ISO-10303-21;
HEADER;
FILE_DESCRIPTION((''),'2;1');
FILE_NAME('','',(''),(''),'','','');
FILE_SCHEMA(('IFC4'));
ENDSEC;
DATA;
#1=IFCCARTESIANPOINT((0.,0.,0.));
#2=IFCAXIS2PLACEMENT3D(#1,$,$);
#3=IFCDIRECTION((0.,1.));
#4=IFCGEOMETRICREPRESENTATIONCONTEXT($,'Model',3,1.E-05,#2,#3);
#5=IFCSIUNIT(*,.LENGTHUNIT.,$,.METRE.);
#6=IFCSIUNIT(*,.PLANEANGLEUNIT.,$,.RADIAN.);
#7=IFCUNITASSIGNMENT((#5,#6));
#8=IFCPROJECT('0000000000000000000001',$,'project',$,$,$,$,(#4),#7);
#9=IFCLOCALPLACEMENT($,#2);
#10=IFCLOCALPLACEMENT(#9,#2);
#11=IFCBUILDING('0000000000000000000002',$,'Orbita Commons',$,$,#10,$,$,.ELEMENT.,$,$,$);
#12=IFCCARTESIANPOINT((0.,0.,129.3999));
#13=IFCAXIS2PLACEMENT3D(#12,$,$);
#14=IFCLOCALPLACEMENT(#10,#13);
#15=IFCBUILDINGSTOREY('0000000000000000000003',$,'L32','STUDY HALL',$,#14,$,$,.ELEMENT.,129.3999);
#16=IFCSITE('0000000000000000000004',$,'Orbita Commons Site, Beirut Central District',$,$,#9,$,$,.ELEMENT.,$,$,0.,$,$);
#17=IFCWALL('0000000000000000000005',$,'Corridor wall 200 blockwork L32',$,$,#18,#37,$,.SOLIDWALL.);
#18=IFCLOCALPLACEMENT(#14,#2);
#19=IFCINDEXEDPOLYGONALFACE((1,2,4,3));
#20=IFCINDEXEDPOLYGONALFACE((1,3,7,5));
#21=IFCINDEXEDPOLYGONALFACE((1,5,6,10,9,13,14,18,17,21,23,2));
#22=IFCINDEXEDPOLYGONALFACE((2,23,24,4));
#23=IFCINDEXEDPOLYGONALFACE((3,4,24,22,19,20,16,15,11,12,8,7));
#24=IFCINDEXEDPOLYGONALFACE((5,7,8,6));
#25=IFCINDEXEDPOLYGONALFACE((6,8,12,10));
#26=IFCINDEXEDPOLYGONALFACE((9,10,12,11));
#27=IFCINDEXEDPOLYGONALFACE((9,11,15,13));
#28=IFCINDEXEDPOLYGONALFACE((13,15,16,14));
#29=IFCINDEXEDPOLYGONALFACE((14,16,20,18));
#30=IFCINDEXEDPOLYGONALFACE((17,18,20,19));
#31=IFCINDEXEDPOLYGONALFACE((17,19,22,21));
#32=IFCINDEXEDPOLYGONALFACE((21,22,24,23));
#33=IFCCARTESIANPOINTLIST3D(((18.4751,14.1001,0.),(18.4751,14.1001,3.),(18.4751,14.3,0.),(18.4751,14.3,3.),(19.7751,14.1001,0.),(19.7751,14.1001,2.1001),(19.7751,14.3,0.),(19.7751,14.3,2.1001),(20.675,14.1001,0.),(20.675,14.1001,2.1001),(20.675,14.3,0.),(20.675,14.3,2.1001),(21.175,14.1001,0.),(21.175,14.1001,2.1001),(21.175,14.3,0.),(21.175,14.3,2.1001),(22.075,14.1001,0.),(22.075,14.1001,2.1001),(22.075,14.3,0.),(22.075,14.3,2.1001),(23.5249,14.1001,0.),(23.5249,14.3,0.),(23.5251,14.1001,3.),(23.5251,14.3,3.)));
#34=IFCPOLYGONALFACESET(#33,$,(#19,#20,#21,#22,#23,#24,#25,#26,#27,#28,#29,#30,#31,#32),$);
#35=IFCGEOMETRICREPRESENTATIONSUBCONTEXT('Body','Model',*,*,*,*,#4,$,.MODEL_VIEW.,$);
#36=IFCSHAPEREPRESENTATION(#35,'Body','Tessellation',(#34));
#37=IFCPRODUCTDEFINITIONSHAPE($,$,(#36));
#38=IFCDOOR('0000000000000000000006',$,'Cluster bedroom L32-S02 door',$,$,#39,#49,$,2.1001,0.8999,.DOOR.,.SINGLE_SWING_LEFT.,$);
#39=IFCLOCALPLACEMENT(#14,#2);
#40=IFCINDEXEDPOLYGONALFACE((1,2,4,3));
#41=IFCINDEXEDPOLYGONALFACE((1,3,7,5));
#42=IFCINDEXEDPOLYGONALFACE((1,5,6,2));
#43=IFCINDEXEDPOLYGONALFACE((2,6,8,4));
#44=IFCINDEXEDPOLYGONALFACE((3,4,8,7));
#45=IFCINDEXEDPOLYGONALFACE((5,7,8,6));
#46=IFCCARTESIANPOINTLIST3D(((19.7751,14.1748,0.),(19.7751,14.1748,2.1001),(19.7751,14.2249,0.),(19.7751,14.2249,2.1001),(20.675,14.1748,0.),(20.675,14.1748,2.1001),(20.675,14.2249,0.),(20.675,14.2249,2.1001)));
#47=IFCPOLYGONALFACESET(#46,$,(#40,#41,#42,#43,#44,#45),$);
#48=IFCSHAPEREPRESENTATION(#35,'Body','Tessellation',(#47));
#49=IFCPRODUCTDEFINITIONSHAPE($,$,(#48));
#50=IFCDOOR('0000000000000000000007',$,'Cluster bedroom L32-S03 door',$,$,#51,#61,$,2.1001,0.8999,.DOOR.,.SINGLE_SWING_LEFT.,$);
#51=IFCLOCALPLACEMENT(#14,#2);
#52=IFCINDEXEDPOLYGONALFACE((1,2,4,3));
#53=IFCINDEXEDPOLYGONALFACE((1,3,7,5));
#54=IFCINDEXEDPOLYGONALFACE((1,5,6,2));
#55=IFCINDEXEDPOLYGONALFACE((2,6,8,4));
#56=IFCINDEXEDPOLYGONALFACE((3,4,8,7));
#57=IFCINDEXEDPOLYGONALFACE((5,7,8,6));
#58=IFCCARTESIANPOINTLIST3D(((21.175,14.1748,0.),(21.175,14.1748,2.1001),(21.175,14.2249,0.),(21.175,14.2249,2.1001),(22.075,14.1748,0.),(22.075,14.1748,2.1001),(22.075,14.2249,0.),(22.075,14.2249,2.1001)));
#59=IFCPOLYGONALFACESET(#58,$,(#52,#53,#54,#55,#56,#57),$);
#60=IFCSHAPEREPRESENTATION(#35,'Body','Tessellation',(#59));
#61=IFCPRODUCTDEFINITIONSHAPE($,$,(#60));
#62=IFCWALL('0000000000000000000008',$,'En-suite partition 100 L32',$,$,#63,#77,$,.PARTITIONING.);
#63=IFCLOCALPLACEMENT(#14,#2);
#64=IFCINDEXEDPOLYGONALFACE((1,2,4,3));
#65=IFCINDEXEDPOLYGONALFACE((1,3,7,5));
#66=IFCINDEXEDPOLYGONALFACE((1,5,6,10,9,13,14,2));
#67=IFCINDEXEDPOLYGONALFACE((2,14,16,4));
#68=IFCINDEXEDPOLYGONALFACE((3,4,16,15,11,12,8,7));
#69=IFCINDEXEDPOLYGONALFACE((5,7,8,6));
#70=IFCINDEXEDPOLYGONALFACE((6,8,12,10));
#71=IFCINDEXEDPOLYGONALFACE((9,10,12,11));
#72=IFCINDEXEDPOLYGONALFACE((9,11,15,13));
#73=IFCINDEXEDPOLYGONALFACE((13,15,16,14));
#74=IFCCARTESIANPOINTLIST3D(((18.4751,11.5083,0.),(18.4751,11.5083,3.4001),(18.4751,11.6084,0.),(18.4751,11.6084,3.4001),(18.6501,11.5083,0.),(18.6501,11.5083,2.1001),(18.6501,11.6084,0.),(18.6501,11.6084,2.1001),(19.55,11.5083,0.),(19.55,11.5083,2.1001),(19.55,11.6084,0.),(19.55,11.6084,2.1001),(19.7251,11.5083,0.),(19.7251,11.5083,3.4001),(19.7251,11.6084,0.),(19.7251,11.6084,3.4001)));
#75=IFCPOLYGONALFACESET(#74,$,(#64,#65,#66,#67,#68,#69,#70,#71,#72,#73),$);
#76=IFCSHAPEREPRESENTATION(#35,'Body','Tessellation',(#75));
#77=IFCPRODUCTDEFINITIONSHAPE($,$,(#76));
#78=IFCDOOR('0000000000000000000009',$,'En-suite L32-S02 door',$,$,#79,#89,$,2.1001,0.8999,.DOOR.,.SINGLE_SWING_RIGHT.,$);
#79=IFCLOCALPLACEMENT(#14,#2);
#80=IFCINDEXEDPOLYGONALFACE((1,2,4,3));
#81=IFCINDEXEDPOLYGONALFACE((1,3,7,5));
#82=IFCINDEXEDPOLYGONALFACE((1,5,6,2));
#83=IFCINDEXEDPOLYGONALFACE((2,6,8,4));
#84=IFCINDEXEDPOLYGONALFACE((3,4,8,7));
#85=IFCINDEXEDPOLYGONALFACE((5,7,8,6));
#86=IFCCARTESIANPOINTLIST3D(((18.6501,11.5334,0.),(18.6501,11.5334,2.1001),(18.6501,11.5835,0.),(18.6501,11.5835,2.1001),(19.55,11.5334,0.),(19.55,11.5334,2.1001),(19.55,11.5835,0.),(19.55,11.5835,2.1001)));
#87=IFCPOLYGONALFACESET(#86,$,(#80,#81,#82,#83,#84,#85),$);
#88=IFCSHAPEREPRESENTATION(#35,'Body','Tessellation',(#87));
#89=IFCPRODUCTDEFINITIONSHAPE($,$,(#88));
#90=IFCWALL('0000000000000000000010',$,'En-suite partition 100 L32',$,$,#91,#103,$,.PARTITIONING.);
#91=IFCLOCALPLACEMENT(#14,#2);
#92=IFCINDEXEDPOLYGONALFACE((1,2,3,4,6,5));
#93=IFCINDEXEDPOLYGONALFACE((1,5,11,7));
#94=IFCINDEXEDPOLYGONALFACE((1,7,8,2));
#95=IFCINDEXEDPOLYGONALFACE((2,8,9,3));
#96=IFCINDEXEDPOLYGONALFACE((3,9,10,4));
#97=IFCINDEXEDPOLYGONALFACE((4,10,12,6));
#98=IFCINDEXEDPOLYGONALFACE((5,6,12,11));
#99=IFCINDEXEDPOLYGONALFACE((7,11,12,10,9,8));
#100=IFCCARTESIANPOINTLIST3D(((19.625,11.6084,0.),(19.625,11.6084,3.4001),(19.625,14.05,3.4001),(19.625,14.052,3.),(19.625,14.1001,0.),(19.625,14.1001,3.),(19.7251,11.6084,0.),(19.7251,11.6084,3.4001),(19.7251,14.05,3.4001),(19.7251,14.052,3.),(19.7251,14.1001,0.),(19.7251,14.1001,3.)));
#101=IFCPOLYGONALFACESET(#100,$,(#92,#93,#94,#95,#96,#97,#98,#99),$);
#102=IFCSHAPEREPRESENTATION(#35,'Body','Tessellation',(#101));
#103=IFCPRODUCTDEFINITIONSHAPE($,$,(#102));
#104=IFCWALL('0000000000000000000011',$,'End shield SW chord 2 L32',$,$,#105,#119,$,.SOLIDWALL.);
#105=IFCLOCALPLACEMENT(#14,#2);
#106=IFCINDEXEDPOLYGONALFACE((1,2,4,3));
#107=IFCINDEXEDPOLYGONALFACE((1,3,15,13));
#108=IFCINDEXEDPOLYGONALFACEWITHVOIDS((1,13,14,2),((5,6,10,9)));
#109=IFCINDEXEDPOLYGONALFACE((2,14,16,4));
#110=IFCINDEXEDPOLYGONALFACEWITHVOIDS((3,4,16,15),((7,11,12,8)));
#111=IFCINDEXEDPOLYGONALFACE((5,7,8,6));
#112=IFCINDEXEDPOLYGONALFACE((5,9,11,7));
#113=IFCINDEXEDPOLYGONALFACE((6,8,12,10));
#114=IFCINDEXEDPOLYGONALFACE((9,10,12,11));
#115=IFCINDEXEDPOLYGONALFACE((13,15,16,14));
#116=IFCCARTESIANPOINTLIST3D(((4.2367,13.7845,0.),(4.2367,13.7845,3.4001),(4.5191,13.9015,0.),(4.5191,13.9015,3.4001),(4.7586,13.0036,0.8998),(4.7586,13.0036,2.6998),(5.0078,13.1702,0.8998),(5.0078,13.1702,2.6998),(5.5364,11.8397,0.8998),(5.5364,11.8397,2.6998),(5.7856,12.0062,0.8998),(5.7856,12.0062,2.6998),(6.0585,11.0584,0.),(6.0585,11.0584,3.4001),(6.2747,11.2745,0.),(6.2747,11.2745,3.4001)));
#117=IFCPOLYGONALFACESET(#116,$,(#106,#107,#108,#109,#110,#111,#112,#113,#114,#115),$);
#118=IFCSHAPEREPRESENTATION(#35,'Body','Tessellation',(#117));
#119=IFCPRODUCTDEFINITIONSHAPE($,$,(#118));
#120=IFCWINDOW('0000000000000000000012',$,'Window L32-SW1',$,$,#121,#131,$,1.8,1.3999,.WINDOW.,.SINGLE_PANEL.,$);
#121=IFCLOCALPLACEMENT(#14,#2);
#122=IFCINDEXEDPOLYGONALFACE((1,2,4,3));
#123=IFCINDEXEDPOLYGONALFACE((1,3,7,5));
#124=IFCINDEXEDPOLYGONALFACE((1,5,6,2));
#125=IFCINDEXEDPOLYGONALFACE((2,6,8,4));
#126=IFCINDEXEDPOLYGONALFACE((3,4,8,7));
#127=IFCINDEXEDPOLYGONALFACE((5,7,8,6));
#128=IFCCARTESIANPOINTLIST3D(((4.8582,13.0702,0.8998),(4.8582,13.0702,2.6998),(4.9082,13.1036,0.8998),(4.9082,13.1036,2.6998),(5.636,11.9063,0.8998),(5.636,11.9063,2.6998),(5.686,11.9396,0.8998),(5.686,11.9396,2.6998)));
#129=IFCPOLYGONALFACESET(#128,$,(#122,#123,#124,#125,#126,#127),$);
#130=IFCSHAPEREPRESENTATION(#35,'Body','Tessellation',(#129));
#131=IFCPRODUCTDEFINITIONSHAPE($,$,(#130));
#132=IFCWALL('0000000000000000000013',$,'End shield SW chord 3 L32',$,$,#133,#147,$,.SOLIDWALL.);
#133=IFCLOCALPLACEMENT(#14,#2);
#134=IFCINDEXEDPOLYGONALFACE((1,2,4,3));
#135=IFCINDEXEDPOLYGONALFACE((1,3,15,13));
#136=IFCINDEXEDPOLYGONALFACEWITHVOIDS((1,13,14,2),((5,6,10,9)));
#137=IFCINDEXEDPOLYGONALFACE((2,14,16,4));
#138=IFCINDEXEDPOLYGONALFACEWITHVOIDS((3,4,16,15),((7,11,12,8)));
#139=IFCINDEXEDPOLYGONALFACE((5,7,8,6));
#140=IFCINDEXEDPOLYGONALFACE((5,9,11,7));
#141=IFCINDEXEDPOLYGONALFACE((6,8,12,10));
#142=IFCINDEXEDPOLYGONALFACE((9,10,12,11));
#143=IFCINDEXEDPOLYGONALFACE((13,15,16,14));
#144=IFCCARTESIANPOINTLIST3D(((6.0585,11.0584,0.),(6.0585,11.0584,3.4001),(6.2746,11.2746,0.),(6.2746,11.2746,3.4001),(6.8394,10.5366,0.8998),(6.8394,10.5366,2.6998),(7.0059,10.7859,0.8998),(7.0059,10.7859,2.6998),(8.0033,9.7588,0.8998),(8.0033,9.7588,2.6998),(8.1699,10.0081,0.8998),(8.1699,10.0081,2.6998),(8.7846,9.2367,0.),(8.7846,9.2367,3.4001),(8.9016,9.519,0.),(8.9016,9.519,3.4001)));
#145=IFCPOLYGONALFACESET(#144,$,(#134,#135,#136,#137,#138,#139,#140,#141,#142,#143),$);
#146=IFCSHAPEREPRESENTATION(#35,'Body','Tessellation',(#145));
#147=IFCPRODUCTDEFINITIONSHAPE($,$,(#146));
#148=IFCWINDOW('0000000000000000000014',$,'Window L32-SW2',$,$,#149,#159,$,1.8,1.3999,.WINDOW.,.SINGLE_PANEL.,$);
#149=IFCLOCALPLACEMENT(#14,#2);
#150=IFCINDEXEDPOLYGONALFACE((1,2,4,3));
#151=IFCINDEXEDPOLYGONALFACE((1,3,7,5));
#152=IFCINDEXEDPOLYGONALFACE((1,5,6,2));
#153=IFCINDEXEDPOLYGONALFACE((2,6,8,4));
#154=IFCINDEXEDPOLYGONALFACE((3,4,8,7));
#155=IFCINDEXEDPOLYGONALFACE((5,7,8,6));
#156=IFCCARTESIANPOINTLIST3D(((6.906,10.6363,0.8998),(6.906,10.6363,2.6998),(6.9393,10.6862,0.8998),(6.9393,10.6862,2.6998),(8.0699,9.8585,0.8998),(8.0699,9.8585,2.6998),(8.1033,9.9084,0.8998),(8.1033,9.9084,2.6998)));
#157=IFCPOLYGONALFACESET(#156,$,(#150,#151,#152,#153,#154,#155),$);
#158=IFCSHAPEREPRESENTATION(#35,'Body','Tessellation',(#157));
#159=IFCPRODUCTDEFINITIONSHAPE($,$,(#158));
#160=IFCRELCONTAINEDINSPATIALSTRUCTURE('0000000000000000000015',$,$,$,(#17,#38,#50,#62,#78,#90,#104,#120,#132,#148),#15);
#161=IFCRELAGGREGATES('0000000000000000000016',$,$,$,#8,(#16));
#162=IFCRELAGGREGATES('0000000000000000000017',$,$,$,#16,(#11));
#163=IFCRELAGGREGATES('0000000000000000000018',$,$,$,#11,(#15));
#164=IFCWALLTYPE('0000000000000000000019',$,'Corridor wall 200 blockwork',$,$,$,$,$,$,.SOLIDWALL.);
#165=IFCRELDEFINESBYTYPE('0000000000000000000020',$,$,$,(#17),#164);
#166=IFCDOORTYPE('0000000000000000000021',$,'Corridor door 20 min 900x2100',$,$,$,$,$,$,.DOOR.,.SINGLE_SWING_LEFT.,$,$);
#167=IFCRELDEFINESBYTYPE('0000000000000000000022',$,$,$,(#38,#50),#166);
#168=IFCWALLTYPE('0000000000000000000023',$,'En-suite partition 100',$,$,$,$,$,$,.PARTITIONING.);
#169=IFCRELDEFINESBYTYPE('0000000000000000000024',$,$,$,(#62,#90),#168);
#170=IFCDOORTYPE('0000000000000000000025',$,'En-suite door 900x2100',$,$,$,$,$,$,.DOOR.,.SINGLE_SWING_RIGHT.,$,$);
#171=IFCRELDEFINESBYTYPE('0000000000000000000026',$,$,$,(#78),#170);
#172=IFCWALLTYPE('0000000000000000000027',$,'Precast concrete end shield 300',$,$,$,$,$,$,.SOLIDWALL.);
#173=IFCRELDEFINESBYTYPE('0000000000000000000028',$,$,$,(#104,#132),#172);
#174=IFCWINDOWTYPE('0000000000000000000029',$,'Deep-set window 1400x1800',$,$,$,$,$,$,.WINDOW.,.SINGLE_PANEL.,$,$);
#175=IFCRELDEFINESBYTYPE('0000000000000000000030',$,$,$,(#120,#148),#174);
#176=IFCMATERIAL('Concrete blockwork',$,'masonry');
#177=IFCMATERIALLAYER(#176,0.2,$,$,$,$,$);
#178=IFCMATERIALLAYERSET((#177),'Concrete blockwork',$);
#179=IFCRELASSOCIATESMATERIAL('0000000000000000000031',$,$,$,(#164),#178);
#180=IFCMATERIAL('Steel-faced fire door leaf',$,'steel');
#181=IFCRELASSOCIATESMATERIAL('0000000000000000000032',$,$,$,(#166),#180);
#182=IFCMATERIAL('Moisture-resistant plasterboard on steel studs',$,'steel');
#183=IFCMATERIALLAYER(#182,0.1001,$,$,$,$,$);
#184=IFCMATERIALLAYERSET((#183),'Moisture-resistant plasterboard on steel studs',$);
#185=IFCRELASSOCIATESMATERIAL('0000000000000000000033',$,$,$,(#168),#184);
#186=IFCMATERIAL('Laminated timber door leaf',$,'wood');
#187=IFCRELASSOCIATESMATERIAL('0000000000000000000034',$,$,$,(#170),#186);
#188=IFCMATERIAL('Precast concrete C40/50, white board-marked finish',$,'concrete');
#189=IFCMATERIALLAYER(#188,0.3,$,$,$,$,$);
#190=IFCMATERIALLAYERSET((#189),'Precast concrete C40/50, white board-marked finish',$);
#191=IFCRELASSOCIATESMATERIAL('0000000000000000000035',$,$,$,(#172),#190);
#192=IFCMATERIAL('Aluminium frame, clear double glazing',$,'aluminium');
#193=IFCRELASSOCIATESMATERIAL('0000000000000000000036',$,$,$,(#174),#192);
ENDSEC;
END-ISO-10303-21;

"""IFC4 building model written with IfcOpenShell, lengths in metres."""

from ifc_helpers import new_model, si_unit, direction, frame, frame_2d, origin, place, context, subcontext, project, spatial, polyline, rectangle, outline, extrude, material, layer, layer_set, type_object, element, fill, save


model = new_model("IFC4")

# Units and contexts
model_context = context("Model", 3, precision=1e-05, world=origin(), true_north=direction((0.0, 1.0)))
body_context = subcontext(model_context, "Body", "Model", "MODEL_VIEW")
ifc_project = project(units=[si_unit("LENGTHUNIT", "METRE"), si_unit("PLANEANGLEUNIT", "RADIAN")], contexts=[model_context])

# Site, building, storey
site_placement = place(None, origin())
site = spatial("IfcSite", under=ifc_project, at=site_placement, Name="Orbita Commons Site, Beirut Central District", CompositionType="ELEMENT", RefElevation=0.0)
building_placement = place(site_placement, origin())
building = spatial("IfcBuilding", under=site, at=building_placement, Name="Orbita Commons", CompositionType="ELEMENT")
storey_placement = place(building_placement, frame((0.0, 0.0, 129.3999)))
storey = spatial("IfcBuildingStorey", under=building, at=storey_placement, Name="L32", Description="STUDY HALL", CompositionType="ELEMENT", Elevation=129.3999)

# Shared definitions
ifc_material_1 = material(Name="Concrete blockwork", Category="masonry")
ifc_layer_1 = layer(ifc_material_1, 0.2)
ifc_layer_set_1 = layer_set([ifc_layer_1], Name="Concrete blockwork")
wall_type_1 = type_object("IfcWallType", Name="Corridor wall 200 blockwork", PredefinedType="SOLIDWALL", material=ifc_layer_set_1)

# Wall, openings, doors
wall_1_placement = place(storey_placement, frame((18.4751, 14.2, 0.0), z_axis=(0.0, 0.0, 1.0), x_axis=(1.0, 0.0, 0.0)))
wall_1 = element("IfcWall", 1, at=wall_1_placement, inside=storey, type_object=wall_type_1, Name="Corridor wall 200 blockwork L32", PredefinedType="SOLIDWALL", context=body_context, shape_type="SweptSolid", body=[
    extrude(outline(polyline([(0.0, 0.0), (5.0498, 0.0), (5.05, 3.0), (0.0, 3.0), (0.0, 0.0)])), frame((0.0, 0.1001, 0.0), z_axis=(0.0, -1.0, 0.0), x_axis=(1.0, 0.0, 0.0)), (0.0, 0.0, 1.0), 0.2),
])
opening_1_placement = place(wall_1_placement, frame((1.3, 0.0, 0.0)))
opening_1 = element("IfcOpeningElement", 2, at=opening_1_placement, cuts=wall_1, PredefinedType="OPENING", context=body_context, shape_type="SweptSolid", body=[
    extrude(rectangle(XDim=0.8999, YDim=2.1001, at=frame_2d((0.45, 1.05))), frame((0.0, 0.1099, 0.0), z_axis=(0.0, -1.0, 0.0), x_axis=(1.0, 0.0, 0.0)), (0.0, 0.0, 1.0), 0.22),
])
opening_2_placement = place(wall_1_placement, frame((2.7, 0.0, 0.0)))
opening_2 = element("IfcOpeningElement", 3, at=opening_2_placement, cuts=wall_1, PredefinedType="OPENING", context=body_context, shape_type="SweptSolid", body=[
    extrude(rectangle(XDim=0.8999, YDim=2.1001, at=frame_2d((0.45, 1.05))), frame((0.0, 0.1099, 0.0), z_axis=(0.0, -1.0, 0.0), x_axis=(1.0, 0.0, 0.0)), (0.0, 0.0, 1.0), 0.22),
])
ifc_material_2 = material(Name="Steel-faced fire door leaf", Category="steel")
door_type_1 = type_object("IfcDoorType", Name="Corridor door 20 min 900x2100", OperationType="SINGLE_SWING_LEFT", PredefinedType="DOOR", material=ifc_material_2)
door_1_placement = place(opening_1_placement, origin())
door_1 = element("IfcDoor", 4, at=door_1_placement, inside=storey, type_object=door_type_1, Name="Cluster bedroom L32-S02 door", OperationType="SINGLE_SWING_LEFT", OverallHeight=2.1001, OverallWidth=0.8999, PredefinedType="DOOR", context=body_context, shape_type="SweptSolid", body=[
    extrude(rectangle(XDim=0.8999, YDim=2.1001, at=frame_2d((0.45, 1.05))), frame((0.0, 0.0249, 0.0), z_axis=(0.0, -1.0, 0.0), x_axis=(1.0, 0.0, 0.0)), (0.0, 0.0, 1.0), 0.05),
])
fill(opening_1, door_1)
door_2_placement = place(opening_2_placement, origin())
door_2 = element("IfcDoor", 5, at=door_2_placement, inside=storey, type_object=door_type_1, Name="Cluster bedroom L32-S03 door", OperationType="SINGLE_SWING_LEFT", OverallHeight=2.1001, OverallWidth=0.8999, PredefinedType="DOOR", context=body_context, shape_type="SweptSolid", body=[
    extrude(rectangle(XDim=0.8999, YDim=2.1001, at=frame_2d((0.45, 1.05))), frame((0.0, 0.0249, 0.0), z_axis=(0.0, -1.0, 0.0), x_axis=(1.0, 0.0, 0.0)), (0.0, 0.0, 1.0), 0.05),
])
fill(opening_2, door_2)

# Wall, opening, door
ifc_material_3 = material(Name="Moisture-resistant plasterboard on steel studs", Category="steel")
ifc_layer_2 = layer(ifc_material_3, 0.1001)
ifc_layer_set_2 = layer_set([ifc_layer_2], Name="Moisture-resistant plasterboard on steel studs")
wall_type_2 = type_object("IfcWallType", Name="En-suite partition 100", PredefinedType="PARTITIONING", material=ifc_layer_set_2)
wall_2_placement = place(storey_placement, frame((19.7251, 11.5583, 0.0), z_axis=(0.0, 0.0, 1.0), x_axis=(-1.0, 0.0, 0.0)))
wall_2 = element("IfcWall", 6, at=wall_2_placement, inside=storey, type_object=wall_type_2, Name="En-suite partition 100 L32", PredefinedType="PARTITIONING", context=body_context, shape_type="SweptSolid", body=[
    extrude(rectangle(XDim=1.25, YDim=0.1001, at=frame_2d((0.625, 0.0))), origin(), (0.0, 0.0, 1.0), 3.4001),
])
opening_3_placement = place(wall_2_placement, frame((0.175, 0.0, 0.0)))
opening_3 = element("IfcOpeningElement", 7, at=opening_3_placement, cuts=wall_2, PredefinedType="OPENING", context=body_context, shape_type="SweptSolid", body=[
    extrude(rectangle(XDim=0.8999, YDim=2.1001, at=frame_2d((0.45, 1.05))), frame((0.0, 0.0601, 0.0), z_axis=(0.0, -1.0, 0.0), x_axis=(1.0, 0.0, 0.0)), (0.0, 0.0, 1.0), 0.1201),
])
ifc_material_4 = material(Name="Laminated timber door leaf", Category="wood")
door_type_2 = type_object("IfcDoorType", Name="En-suite door 900x2100", OperationType="SINGLE_SWING_RIGHT", PredefinedType="DOOR", material=ifc_material_4)
door_3_placement = place(opening_3_placement, origin())
door_3 = element("IfcDoor", 8, at=door_3_placement, inside=storey, type_object=door_type_2, Name="En-suite L32-S02 door", OperationType="SINGLE_SWING_RIGHT", OverallHeight=2.1001, OverallWidth=0.8999, PredefinedType="DOOR", context=body_context, shape_type="SweptSolid", body=[
    extrude(rectangle(XDim=0.8999, YDim=2.1001, at=frame_2d((0.45, 1.05))), frame((0.0, 0.0249, 0.0), z_axis=(0.0, -1.0, 0.0), x_axis=(1.0, 0.0, 0.0)), (0.0, 0.0, 1.0), 0.05),
])
fill(opening_3, door_3)

# Wall
wall_3_placement = place(storey_placement, frame((19.675, 11.6084, 0.0), z_axis=(0.0, 0.0, 1.0), x_axis=(0.0, 1.0, 0.0)))
element("IfcWall", 9, at=wall_3_placement, inside=storey, type_object=wall_type_2, Name="En-suite partition 100 L32", PredefinedType="PARTITIONING", context=body_context, shape_type="SweptSolid", body=[
    extrude(outline(polyline([(0.0, 0.0), (2.4917, 0.0), (2.4917, 3.0), (2.4436, 3.0), (2.4417, 3.4001), (0.0, 3.4001), (0.0, 0.0)])), frame((0.0, 0.05, 0.0), z_axis=(0.0, -1.0, 0.0), x_axis=(1.0, 0.0, 0.0)), (0.0, 0.0, 1.0), 0.1001),
])

# Walls, openings, windows
ifc_material_5 = material(Name="Precast concrete C40/50, white board-marked finish", Category="concrete")
ifc_layer_3 = layer(ifc_material_5, 0.3)
ifc_layer_set_3 = layer_set([ifc_layer_3], Name="Precast concrete C40/50, white board-marked finish")
wall_type_3 = type_object("IfcWallType", Name="Precast concrete end shield 300", PredefinedType="SOLIDWALL", material=ifc_layer_set_3)
wall_4_placement = place(storey_placement, frame((4.3779, 13.843, 0.0), z_axis=(0.0, 0.0, 1.0), x_axis=(0.55561, -0.831443, 0.0)))
wall_4 = element("IfcWall", 10, at=wall_4_placement, inside=storey, type_object=wall_type_3, Name="End shield SW chord 2 L32", PredefinedType="SOLIDWALL", context=body_context, shape_type="SweptSolid", body=[
    extrude(outline(polyline([(-0.0298, -0.1499), (3.249, -0.1499), (3.1895, 0.1499), (0.0298, 0.1499), (-0.0298, -0.1499)])), origin(), (0.0, 0.0, 1.0), 3.4001),
])
opening_4_placement = place(wall_4_placement, frame((0.9094, 0.0, 0.8999)))
opening_4 = element("IfcOpeningElement", 11, at=opening_4_placement, cuts=wall_4, PredefinedType="OPENING", context=body_context, shape_type="SweptSolid", body=[
    extrude(rectangle(XDim=1.3999, YDim=1.8, at=frame_2d((0.7, 0.8999))), frame((0.0, 0.1599, 0.0), z_axis=(0.0, -1.0, 0.0), x_axis=(1.0, 0.0, 0.0)), (0.0, 0.0, 1.0), 0.3201),
])
ifc_material_6 = material(Name="Aluminium frame, clear double glazing", Category="aluminium")
window_type = type_object("IfcWindowType", Name="Deep-set window 1400x1800", PartitioningType="SINGLE_PANEL", PredefinedType="WINDOW", material=ifc_material_6)
window_1_placement = place(opening_4_placement, origin())
window_1 = element("IfcWindow", 12, at=window_1_placement, inside=storey, type_object=window_type, Name="Window L32-SW1", OverallHeight=1.8, OverallWidth=1.3999, PartitioningType="SINGLE_PANEL", PredefinedType="WINDOW", context=body_context, shape_type="SweptSolid", body=[
    extrude(rectangle(XDim=1.3999, YDim=1.8, at=frame_2d((0.7, 0.8999))), frame((0.0, 0.03, 0.0), z_axis=(0.0, -1.0, 0.0), x_axis=(1.0, 0.0, 0.0)), (0.0, 0.0, 1.0), 0.0601),
])
fill(opening_4, window_1)
wall_5_placement = place(storey_placement, frame((6.1665, 11.1665, 0.0), z_axis=(0.0, 0.0, 1.0), x_axis=(0.831443, -0.55561, 0.0)))
wall_5 = element("IfcWall", 13, at=wall_5_placement, inside=storey, type_object=wall_type_3, Name="End shield SW chord 3 L32", PredefinedType="SOLIDWALL", context=body_context, shape_type="SweptSolid", body=[
    extrude(outline(polyline([(-0.0298, -0.1499), (3.249, -0.1499), (3.1895, 0.1499), (0.0298, 0.1499), (-0.0298, -0.1499)])), origin(), (0.0, 0.0, 1.0), 3.4001),
])
opening_5_placement = place(wall_5_placement, frame((0.9094, 0.0, 0.8999)))
opening_5 = element("IfcOpeningElement", 14, at=opening_5_placement, cuts=wall_5, PredefinedType="OPENING", context=body_context, shape_type="SweptSolid", body=[
    extrude(rectangle(XDim=1.3999, YDim=1.8, at=frame_2d((0.7, 0.8999))), frame((0.0, 0.1599, 0.0), z_axis=(0.0, -1.0, 0.0), x_axis=(1.0, 0.0, 0.0)), (0.0, 0.0, 1.0), 0.3201),
])
window_2_placement = place(opening_5_placement, origin())
window_2 = element("IfcWindow", 15, at=window_2_placement, inside=storey, type_object=window_type, Name="Window L32-SW2", OverallHeight=1.8, OverallWidth=1.3999, PartitioningType="SINGLE_PANEL", PredefinedType="WINDOW", context=body_context, shape_type="SweptSolid", body=[
    extrude(rectangle(XDim=1.3999, YDim=1.8, at=frame_2d((0.7, 0.8999))), frame((0.0, 0.03, 0.0), z_axis=(0.0, -1.0, 0.0), x_axis=(1.0, 0.0, 0.0)), (0.0, 0.0, 1.0), 0.0601),
])
fill(opening_5, window_2)

save(model, "model.ifc")
